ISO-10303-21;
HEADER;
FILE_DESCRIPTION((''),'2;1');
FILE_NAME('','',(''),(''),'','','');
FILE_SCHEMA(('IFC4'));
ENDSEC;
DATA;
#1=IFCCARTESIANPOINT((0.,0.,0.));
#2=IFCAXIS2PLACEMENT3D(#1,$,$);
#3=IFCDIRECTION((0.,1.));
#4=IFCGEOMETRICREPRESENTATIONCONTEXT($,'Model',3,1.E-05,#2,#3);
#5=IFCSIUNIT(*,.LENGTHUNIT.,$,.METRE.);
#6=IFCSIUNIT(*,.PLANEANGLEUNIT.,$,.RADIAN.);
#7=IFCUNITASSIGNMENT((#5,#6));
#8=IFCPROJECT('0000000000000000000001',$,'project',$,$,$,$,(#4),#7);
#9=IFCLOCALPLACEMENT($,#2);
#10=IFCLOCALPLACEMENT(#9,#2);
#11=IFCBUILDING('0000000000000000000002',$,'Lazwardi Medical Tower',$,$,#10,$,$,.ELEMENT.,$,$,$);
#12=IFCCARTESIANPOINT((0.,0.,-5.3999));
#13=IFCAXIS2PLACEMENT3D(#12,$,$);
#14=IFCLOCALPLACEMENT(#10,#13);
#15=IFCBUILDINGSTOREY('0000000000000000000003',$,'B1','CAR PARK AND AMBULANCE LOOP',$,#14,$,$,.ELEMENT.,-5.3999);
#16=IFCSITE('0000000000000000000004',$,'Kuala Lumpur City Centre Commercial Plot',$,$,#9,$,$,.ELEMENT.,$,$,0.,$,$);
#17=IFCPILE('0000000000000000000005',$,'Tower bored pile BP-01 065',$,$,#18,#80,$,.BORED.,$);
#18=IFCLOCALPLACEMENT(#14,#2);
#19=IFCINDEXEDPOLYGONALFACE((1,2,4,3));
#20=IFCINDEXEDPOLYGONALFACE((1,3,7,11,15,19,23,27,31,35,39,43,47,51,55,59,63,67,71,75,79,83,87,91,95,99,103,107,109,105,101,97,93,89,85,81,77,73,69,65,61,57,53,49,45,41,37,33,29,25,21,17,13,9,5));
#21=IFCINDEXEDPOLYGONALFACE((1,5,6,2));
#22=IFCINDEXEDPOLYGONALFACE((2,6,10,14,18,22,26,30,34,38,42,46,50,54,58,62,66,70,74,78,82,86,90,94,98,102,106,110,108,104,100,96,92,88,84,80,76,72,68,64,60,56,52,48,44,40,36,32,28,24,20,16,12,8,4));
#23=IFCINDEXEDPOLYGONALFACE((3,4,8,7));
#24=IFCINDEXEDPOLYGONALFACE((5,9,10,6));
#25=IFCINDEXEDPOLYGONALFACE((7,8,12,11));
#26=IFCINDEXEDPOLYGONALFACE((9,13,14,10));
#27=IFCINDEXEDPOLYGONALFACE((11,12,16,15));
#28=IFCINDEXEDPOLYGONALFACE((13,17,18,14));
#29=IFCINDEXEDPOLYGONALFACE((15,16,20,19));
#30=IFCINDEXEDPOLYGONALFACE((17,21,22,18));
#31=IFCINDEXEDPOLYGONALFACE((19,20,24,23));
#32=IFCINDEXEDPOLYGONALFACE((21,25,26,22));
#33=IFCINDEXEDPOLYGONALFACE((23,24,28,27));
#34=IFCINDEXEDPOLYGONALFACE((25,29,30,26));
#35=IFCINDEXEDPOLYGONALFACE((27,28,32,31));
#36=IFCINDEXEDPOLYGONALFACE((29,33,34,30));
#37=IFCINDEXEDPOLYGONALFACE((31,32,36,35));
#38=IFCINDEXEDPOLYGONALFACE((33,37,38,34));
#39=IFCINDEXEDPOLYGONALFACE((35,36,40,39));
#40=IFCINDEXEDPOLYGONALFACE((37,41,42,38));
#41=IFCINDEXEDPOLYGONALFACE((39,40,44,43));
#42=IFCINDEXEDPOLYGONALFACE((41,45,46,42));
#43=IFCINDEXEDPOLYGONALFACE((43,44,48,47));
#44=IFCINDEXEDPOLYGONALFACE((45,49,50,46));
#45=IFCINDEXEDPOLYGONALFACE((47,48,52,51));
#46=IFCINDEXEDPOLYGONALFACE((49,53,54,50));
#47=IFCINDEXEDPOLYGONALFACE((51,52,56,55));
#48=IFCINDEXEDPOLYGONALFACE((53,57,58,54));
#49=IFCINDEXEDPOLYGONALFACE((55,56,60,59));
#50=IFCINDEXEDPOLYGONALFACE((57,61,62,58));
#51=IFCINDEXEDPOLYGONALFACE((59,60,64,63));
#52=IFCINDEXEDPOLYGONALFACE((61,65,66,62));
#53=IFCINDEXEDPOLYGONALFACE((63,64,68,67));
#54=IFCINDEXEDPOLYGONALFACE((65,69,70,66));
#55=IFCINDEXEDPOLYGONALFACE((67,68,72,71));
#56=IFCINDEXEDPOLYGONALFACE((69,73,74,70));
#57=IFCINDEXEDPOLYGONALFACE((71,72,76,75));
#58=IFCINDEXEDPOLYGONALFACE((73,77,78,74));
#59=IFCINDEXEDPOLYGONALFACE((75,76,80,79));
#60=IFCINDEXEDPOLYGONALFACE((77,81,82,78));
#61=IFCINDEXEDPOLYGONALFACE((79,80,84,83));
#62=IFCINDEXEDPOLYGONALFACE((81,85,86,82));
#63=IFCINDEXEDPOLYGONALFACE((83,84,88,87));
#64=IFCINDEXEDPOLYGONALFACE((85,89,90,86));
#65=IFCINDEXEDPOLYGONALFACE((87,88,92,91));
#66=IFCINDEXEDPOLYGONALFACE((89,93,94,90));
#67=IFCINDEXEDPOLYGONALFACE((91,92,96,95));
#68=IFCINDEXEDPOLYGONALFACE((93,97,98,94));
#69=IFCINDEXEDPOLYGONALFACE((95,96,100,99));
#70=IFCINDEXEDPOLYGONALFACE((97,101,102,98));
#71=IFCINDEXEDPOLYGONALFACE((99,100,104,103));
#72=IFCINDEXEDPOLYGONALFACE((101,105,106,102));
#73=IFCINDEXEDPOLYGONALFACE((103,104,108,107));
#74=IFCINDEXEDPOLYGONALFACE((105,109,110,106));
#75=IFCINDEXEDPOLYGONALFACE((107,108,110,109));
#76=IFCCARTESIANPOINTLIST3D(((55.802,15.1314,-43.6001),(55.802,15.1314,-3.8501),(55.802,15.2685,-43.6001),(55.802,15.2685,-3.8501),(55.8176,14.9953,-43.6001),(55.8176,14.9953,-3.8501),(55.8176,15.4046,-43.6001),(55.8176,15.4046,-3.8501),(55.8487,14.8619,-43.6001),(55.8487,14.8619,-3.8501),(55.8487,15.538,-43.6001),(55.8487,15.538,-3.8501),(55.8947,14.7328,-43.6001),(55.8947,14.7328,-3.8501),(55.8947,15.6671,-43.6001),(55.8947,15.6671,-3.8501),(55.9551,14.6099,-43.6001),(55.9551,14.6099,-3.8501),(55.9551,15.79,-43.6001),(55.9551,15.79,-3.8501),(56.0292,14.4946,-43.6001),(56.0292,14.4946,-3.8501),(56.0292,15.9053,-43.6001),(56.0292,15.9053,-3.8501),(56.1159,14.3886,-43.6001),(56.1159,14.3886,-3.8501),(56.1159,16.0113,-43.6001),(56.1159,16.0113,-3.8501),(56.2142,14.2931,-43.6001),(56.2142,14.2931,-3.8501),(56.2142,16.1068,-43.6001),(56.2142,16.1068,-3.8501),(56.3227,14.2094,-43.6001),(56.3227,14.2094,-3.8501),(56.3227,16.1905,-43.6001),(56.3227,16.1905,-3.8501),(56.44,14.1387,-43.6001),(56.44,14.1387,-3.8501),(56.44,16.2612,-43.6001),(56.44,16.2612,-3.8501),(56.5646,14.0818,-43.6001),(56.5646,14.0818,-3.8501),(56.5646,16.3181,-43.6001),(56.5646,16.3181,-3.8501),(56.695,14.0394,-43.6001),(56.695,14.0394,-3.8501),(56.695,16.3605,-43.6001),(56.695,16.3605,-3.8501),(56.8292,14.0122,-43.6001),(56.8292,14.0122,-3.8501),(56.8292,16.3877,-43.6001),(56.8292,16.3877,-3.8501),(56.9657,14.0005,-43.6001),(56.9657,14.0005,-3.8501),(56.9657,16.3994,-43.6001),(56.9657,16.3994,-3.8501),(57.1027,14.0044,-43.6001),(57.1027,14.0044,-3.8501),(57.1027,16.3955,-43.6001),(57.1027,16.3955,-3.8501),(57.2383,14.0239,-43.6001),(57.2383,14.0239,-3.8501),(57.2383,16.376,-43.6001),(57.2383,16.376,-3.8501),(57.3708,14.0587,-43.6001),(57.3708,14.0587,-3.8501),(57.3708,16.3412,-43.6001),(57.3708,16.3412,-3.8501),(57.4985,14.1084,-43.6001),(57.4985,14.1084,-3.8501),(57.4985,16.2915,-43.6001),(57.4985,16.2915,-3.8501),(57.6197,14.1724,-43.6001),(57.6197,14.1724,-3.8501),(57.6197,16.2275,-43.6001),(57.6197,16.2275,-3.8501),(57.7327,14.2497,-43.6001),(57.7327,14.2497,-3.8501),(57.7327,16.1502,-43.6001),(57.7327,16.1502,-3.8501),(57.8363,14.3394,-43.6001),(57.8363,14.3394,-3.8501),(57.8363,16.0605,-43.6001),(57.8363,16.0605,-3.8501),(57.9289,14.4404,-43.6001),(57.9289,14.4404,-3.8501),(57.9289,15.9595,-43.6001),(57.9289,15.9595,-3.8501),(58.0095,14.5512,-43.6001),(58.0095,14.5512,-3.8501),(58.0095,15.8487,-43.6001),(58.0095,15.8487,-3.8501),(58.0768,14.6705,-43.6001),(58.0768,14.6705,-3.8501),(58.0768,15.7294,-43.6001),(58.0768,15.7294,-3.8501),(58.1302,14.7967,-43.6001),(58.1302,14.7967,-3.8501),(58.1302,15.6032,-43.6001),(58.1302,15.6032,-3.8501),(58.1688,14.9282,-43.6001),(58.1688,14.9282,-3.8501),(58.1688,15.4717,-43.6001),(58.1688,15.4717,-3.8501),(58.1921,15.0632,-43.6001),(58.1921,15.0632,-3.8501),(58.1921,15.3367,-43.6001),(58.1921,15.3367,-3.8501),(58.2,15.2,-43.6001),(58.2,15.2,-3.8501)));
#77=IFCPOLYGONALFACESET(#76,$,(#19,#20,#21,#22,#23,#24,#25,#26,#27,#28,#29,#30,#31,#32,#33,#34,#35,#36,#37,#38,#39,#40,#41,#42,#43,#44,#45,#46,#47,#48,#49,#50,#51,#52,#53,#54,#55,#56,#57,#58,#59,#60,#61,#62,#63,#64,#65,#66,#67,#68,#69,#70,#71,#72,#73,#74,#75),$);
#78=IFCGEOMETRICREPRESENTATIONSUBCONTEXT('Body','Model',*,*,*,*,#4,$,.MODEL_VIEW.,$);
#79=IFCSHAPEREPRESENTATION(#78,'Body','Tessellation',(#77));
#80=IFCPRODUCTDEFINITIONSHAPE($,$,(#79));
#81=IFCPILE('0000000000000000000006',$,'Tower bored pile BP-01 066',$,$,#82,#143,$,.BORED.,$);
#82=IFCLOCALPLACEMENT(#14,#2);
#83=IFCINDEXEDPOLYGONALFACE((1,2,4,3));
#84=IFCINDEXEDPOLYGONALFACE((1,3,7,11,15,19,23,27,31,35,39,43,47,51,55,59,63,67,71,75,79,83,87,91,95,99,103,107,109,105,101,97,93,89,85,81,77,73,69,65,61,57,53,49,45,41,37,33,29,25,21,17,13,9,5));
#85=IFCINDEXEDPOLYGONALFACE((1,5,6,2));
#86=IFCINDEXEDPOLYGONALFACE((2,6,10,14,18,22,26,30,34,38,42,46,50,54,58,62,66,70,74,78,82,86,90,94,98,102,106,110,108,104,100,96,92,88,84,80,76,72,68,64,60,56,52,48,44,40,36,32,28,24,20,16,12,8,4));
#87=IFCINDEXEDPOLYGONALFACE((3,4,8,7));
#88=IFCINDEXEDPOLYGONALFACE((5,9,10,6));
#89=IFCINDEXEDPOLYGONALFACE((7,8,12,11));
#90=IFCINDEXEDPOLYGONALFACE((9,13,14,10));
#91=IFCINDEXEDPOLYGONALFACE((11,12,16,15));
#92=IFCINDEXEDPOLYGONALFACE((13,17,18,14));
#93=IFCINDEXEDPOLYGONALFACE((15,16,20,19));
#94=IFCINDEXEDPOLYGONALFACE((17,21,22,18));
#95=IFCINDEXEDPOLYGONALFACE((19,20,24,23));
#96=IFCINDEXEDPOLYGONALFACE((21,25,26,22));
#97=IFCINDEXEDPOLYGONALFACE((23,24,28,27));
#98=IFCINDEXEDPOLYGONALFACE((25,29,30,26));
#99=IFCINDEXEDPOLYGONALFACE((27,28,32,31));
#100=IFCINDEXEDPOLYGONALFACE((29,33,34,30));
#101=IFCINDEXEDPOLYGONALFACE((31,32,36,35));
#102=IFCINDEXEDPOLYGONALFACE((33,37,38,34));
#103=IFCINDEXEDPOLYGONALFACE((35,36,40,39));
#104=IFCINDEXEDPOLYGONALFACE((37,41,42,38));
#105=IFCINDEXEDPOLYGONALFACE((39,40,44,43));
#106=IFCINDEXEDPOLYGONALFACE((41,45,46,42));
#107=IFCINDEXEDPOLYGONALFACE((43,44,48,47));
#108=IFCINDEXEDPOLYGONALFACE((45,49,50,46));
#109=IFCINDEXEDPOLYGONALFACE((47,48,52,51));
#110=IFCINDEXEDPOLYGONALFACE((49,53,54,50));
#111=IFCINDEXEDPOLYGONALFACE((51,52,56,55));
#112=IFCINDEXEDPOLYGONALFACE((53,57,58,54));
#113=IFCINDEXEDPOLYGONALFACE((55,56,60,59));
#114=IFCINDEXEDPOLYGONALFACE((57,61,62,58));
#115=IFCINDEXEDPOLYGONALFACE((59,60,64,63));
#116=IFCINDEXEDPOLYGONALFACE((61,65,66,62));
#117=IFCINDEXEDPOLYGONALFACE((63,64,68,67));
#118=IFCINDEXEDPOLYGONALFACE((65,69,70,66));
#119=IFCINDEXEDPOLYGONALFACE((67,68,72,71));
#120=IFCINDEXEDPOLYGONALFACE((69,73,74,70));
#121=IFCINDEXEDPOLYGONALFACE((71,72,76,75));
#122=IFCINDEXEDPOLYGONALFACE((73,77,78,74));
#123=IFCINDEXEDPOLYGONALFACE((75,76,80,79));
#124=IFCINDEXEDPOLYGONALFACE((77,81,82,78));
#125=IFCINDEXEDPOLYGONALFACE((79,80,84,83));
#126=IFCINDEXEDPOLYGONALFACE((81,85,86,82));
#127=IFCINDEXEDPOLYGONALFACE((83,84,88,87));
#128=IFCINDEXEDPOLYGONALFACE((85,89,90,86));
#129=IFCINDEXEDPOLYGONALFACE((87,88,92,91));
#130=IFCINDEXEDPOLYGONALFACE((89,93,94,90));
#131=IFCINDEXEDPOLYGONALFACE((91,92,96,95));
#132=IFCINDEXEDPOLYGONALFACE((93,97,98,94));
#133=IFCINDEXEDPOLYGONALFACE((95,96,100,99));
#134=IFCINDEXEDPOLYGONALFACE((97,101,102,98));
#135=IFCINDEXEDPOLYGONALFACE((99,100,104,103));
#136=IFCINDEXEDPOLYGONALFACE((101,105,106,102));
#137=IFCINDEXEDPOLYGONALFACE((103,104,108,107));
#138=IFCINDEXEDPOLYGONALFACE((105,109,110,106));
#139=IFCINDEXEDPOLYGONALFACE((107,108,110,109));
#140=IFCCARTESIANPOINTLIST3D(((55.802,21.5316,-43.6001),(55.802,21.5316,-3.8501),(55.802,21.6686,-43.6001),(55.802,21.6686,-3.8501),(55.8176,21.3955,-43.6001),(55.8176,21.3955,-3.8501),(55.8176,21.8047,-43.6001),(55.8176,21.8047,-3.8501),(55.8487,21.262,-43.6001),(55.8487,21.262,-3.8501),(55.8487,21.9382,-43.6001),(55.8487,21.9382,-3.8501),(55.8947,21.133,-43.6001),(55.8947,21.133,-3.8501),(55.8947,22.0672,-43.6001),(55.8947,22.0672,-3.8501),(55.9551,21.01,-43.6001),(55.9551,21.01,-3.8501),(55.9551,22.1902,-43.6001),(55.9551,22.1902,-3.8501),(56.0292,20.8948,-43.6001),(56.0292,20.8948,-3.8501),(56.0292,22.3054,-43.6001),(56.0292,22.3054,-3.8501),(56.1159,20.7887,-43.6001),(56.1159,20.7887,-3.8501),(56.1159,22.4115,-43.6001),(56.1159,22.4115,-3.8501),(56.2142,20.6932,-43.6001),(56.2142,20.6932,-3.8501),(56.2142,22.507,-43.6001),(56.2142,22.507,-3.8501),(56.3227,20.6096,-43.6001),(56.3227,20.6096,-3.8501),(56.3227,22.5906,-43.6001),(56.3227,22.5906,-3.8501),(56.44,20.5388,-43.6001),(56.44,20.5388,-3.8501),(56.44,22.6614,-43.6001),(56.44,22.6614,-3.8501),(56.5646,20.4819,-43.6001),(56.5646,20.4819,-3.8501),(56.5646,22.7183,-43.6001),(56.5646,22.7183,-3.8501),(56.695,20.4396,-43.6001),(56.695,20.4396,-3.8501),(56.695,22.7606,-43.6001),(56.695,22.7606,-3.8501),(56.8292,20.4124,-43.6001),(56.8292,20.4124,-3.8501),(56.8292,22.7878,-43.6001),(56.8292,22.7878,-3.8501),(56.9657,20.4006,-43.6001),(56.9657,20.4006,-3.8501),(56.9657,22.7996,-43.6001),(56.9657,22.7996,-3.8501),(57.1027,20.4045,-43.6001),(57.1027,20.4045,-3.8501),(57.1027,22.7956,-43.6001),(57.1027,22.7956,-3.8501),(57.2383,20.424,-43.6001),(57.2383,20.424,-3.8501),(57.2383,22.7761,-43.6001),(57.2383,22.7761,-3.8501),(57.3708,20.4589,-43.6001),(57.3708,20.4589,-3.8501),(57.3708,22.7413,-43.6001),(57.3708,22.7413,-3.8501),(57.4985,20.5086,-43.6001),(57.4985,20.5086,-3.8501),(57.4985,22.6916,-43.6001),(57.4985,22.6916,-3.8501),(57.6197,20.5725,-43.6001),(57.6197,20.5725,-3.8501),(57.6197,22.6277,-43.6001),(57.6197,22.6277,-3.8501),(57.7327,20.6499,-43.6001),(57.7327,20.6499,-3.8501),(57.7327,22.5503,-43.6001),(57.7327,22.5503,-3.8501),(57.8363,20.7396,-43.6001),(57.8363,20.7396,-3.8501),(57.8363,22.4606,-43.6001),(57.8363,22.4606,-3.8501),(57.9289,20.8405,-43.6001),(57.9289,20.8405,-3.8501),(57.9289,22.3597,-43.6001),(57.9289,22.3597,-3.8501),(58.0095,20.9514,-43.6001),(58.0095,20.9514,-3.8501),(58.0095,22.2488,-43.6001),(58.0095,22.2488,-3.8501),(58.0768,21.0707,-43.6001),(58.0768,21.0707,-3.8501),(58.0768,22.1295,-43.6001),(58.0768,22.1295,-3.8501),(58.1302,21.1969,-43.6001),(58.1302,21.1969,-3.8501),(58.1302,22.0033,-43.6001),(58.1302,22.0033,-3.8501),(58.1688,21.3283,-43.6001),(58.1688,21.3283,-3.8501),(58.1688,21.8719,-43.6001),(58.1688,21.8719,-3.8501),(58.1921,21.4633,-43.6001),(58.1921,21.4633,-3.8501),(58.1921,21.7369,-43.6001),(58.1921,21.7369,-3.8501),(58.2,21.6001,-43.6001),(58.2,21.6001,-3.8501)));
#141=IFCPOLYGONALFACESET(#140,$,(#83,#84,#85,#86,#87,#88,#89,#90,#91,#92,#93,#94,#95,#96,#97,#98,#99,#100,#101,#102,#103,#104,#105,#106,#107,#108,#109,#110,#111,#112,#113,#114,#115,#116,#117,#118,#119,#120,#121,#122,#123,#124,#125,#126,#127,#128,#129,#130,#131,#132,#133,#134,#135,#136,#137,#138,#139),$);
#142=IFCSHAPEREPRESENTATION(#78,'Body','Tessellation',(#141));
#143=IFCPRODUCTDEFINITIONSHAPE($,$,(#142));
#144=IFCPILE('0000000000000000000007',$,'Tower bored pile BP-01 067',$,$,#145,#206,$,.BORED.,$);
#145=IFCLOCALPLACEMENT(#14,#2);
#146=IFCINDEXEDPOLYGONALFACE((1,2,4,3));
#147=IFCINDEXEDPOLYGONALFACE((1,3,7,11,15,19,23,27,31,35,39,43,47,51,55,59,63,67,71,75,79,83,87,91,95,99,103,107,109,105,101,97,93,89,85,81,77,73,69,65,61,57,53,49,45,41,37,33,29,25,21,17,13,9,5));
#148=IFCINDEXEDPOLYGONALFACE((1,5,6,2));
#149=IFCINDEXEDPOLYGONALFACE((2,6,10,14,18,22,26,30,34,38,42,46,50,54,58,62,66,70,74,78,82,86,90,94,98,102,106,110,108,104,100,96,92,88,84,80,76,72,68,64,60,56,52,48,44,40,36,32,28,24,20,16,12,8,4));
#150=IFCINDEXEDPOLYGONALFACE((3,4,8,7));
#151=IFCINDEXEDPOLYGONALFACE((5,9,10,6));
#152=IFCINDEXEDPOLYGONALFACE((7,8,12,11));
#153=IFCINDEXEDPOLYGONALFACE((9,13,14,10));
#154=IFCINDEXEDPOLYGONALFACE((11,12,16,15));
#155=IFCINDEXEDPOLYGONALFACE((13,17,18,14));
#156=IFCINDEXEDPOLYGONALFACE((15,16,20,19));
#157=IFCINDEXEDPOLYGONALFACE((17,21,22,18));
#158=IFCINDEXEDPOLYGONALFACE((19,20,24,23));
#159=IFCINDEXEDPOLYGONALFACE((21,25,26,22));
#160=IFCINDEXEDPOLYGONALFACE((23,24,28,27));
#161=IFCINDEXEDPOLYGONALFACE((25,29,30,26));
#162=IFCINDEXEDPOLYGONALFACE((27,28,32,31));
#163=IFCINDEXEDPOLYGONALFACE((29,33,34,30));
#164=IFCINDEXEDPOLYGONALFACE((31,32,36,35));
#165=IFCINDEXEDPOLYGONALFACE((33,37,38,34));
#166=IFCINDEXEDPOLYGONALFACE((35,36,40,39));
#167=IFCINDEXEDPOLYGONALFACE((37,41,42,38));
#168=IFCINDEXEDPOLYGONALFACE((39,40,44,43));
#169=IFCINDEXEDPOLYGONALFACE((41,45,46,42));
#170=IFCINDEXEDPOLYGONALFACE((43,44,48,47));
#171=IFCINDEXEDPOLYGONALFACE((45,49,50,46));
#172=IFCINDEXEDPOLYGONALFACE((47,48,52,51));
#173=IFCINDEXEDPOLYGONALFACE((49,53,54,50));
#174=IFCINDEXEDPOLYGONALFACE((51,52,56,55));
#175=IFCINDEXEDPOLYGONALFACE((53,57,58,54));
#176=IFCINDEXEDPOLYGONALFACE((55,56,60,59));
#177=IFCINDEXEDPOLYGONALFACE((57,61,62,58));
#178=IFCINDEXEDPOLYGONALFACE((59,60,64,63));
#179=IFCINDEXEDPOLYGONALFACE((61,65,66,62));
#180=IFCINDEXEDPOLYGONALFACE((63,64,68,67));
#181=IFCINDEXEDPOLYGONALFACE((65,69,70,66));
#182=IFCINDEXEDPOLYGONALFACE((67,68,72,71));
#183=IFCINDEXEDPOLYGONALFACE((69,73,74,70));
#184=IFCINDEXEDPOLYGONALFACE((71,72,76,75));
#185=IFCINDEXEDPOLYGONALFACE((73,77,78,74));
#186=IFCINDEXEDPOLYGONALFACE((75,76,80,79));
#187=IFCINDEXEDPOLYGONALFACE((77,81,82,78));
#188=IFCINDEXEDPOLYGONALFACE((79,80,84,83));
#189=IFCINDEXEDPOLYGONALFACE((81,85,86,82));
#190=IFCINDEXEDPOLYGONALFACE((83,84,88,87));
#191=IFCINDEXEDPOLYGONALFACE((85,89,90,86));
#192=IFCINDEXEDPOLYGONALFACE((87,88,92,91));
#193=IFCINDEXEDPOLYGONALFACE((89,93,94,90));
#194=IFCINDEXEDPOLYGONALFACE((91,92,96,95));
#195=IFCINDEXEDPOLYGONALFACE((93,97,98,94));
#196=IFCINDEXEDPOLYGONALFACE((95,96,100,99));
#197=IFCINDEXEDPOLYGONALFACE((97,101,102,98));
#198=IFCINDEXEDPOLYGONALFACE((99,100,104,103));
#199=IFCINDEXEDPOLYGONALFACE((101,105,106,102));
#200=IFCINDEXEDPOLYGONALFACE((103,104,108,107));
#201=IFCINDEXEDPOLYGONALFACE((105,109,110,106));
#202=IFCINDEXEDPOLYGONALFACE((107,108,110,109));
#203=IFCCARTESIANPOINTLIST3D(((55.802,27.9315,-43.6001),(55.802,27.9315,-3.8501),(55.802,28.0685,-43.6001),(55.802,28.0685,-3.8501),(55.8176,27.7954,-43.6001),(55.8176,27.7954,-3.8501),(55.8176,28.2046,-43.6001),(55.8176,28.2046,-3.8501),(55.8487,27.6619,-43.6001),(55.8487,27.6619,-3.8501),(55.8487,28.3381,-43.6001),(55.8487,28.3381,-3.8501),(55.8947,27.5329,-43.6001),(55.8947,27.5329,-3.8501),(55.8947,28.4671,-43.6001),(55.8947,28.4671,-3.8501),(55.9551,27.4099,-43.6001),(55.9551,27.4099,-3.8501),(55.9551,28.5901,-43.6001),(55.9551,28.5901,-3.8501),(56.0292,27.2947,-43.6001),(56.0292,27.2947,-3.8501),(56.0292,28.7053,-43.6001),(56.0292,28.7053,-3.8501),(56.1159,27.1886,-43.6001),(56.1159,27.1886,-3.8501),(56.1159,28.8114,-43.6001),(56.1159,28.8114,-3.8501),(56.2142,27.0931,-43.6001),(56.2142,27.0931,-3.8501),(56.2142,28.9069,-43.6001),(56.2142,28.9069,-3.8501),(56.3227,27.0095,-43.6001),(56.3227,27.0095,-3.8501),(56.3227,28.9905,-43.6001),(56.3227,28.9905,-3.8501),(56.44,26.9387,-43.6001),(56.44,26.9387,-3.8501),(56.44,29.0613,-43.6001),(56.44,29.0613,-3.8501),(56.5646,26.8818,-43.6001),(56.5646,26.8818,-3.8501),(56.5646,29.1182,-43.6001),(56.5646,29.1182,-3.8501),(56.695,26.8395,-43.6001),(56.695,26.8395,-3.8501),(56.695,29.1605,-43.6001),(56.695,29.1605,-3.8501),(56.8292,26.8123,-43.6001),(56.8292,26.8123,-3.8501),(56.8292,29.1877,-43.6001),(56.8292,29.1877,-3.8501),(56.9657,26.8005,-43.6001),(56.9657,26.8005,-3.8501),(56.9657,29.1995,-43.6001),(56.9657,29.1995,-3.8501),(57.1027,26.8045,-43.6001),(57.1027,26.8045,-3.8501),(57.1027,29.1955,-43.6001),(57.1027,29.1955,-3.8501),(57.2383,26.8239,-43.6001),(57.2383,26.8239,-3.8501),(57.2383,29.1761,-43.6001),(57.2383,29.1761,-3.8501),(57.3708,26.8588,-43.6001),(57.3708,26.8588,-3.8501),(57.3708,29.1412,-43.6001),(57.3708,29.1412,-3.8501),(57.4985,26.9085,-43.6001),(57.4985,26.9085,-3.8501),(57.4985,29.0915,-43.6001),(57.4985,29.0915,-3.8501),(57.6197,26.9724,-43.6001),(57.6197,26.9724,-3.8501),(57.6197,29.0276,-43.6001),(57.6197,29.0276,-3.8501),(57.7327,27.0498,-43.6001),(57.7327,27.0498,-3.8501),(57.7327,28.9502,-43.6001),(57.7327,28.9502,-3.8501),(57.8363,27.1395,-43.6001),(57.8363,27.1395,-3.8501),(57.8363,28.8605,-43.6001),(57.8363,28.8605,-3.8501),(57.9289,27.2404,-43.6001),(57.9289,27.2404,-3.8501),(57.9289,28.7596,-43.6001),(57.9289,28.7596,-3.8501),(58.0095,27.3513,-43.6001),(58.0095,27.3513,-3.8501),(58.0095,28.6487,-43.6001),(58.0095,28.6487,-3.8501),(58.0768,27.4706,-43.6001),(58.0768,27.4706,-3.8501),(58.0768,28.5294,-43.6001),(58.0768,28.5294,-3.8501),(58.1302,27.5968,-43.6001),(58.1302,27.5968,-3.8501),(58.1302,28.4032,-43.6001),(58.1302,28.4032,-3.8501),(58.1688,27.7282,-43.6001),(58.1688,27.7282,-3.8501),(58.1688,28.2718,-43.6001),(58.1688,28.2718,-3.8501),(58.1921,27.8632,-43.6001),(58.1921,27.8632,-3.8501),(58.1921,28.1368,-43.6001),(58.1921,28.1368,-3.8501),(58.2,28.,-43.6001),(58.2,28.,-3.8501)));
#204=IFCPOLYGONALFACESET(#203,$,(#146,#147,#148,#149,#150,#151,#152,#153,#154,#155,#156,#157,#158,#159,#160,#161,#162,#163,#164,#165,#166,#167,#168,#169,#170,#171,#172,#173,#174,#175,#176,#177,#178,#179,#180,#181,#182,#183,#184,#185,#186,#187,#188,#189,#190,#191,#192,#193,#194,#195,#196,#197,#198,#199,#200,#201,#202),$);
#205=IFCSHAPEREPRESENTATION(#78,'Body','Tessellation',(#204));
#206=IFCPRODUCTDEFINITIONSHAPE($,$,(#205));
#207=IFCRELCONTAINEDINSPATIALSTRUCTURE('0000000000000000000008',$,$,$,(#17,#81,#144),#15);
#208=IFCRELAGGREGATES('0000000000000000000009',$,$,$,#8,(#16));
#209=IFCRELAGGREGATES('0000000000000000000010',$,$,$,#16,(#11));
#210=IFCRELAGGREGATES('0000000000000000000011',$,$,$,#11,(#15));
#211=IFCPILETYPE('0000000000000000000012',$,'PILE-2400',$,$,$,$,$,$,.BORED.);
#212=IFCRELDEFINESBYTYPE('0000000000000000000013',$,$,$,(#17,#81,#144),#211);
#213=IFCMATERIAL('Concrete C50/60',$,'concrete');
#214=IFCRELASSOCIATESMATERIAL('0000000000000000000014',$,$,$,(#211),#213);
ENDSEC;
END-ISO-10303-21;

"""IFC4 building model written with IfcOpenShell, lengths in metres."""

from ifc_helpers import new_model, si_unit, direction, frame, origin, origin_2d, place, context, subcontext, project, spatial, circle, extrude, material, material_profile, profile_set, type_object, element, save


model = new_model("IFC4")

# Units and contexts
model_context = context("Model", 3, precision=1e-05, world=origin(), true_north=direction((0.0, 1.0)))
body_context = subcontext(model_context, "Body", "Model", "MODEL_VIEW")
ifc_project = project(units=[si_unit("LENGTHUNIT", "METRE"), si_unit("PLANEANGLEUNIT", "RADIAN")], contexts=[model_context])

# Site, building, storey
site_placement = place(None, origin())
site = spatial("IfcSite", under=ifc_project, at=site_placement, Name="Kuala Lumpur City Centre Commercial Plot", CompositionType="ELEMENT", RefElevation=0.0)
building_placement = place(site_placement, origin())
building = spatial("IfcBuilding", under=site, at=building_placement, Name="Lazwardi Medical Tower", CompositionType="ELEMENT")
storey_placement = place(building_placement, frame((0.0, 0.0, -5.3999)))
storey = spatial("IfcBuildingStorey", under=building, at=storey_placement, Name="B1", Description="CAR PARK AND AMBULANCE LOOP", CompositionType="ELEMENT", Elevation=-5.3999)

# Piles
ifc_material_1 = material(Name="Concrete C50/60", Category="concrete")
ifc_material_profile_1 = material_profile(ifc_material_1, circle(Radius=1.2, at=origin_2d()), Name="BORED PILE D2400")
ifc_profile_set_1 = profile_set([ifc_material_profile_1], Name="Concrete C50/60")
pile_type = type_object("IfcPileType", Name="PILE-2400", PredefinedType="BORED", material=ifc_profile_set_1)
for number, where, z_axis, x_axis, name in (
    (1, (57.0, 15.2, -3.8501), (0.0, 0.0, -1.0), (1.0, 0.0, 0.0), "Tower bored pile BP-01 065"),
    (2, (57.0, 21.6001, -3.8501), (0.0, 0.0, -1.0), (1.0, 0.0, 0.0), "Tower bored pile BP-01 066"),
    (3, (57.0, 28.0, -3.8501), (0.0, 0.0, -1.0), (1.0, 0.0, 0.0), "Tower bored pile BP-01 067"),
):
    element("IfcPile", number, at=place(storey_placement, frame(where, z_axis=z_axis, x_axis=x_axis)), inside=storey, type_object=pile_type, Name=name, PredefinedType="BORED", context=body_context, shape_type="SweptSolid", body=[
        extrude(circle(Radius=1.2, at=origin_2d()), origin(), (0.0, 0.0, 1.0), 39.75),
    ])

save(model, "model.ifc")
